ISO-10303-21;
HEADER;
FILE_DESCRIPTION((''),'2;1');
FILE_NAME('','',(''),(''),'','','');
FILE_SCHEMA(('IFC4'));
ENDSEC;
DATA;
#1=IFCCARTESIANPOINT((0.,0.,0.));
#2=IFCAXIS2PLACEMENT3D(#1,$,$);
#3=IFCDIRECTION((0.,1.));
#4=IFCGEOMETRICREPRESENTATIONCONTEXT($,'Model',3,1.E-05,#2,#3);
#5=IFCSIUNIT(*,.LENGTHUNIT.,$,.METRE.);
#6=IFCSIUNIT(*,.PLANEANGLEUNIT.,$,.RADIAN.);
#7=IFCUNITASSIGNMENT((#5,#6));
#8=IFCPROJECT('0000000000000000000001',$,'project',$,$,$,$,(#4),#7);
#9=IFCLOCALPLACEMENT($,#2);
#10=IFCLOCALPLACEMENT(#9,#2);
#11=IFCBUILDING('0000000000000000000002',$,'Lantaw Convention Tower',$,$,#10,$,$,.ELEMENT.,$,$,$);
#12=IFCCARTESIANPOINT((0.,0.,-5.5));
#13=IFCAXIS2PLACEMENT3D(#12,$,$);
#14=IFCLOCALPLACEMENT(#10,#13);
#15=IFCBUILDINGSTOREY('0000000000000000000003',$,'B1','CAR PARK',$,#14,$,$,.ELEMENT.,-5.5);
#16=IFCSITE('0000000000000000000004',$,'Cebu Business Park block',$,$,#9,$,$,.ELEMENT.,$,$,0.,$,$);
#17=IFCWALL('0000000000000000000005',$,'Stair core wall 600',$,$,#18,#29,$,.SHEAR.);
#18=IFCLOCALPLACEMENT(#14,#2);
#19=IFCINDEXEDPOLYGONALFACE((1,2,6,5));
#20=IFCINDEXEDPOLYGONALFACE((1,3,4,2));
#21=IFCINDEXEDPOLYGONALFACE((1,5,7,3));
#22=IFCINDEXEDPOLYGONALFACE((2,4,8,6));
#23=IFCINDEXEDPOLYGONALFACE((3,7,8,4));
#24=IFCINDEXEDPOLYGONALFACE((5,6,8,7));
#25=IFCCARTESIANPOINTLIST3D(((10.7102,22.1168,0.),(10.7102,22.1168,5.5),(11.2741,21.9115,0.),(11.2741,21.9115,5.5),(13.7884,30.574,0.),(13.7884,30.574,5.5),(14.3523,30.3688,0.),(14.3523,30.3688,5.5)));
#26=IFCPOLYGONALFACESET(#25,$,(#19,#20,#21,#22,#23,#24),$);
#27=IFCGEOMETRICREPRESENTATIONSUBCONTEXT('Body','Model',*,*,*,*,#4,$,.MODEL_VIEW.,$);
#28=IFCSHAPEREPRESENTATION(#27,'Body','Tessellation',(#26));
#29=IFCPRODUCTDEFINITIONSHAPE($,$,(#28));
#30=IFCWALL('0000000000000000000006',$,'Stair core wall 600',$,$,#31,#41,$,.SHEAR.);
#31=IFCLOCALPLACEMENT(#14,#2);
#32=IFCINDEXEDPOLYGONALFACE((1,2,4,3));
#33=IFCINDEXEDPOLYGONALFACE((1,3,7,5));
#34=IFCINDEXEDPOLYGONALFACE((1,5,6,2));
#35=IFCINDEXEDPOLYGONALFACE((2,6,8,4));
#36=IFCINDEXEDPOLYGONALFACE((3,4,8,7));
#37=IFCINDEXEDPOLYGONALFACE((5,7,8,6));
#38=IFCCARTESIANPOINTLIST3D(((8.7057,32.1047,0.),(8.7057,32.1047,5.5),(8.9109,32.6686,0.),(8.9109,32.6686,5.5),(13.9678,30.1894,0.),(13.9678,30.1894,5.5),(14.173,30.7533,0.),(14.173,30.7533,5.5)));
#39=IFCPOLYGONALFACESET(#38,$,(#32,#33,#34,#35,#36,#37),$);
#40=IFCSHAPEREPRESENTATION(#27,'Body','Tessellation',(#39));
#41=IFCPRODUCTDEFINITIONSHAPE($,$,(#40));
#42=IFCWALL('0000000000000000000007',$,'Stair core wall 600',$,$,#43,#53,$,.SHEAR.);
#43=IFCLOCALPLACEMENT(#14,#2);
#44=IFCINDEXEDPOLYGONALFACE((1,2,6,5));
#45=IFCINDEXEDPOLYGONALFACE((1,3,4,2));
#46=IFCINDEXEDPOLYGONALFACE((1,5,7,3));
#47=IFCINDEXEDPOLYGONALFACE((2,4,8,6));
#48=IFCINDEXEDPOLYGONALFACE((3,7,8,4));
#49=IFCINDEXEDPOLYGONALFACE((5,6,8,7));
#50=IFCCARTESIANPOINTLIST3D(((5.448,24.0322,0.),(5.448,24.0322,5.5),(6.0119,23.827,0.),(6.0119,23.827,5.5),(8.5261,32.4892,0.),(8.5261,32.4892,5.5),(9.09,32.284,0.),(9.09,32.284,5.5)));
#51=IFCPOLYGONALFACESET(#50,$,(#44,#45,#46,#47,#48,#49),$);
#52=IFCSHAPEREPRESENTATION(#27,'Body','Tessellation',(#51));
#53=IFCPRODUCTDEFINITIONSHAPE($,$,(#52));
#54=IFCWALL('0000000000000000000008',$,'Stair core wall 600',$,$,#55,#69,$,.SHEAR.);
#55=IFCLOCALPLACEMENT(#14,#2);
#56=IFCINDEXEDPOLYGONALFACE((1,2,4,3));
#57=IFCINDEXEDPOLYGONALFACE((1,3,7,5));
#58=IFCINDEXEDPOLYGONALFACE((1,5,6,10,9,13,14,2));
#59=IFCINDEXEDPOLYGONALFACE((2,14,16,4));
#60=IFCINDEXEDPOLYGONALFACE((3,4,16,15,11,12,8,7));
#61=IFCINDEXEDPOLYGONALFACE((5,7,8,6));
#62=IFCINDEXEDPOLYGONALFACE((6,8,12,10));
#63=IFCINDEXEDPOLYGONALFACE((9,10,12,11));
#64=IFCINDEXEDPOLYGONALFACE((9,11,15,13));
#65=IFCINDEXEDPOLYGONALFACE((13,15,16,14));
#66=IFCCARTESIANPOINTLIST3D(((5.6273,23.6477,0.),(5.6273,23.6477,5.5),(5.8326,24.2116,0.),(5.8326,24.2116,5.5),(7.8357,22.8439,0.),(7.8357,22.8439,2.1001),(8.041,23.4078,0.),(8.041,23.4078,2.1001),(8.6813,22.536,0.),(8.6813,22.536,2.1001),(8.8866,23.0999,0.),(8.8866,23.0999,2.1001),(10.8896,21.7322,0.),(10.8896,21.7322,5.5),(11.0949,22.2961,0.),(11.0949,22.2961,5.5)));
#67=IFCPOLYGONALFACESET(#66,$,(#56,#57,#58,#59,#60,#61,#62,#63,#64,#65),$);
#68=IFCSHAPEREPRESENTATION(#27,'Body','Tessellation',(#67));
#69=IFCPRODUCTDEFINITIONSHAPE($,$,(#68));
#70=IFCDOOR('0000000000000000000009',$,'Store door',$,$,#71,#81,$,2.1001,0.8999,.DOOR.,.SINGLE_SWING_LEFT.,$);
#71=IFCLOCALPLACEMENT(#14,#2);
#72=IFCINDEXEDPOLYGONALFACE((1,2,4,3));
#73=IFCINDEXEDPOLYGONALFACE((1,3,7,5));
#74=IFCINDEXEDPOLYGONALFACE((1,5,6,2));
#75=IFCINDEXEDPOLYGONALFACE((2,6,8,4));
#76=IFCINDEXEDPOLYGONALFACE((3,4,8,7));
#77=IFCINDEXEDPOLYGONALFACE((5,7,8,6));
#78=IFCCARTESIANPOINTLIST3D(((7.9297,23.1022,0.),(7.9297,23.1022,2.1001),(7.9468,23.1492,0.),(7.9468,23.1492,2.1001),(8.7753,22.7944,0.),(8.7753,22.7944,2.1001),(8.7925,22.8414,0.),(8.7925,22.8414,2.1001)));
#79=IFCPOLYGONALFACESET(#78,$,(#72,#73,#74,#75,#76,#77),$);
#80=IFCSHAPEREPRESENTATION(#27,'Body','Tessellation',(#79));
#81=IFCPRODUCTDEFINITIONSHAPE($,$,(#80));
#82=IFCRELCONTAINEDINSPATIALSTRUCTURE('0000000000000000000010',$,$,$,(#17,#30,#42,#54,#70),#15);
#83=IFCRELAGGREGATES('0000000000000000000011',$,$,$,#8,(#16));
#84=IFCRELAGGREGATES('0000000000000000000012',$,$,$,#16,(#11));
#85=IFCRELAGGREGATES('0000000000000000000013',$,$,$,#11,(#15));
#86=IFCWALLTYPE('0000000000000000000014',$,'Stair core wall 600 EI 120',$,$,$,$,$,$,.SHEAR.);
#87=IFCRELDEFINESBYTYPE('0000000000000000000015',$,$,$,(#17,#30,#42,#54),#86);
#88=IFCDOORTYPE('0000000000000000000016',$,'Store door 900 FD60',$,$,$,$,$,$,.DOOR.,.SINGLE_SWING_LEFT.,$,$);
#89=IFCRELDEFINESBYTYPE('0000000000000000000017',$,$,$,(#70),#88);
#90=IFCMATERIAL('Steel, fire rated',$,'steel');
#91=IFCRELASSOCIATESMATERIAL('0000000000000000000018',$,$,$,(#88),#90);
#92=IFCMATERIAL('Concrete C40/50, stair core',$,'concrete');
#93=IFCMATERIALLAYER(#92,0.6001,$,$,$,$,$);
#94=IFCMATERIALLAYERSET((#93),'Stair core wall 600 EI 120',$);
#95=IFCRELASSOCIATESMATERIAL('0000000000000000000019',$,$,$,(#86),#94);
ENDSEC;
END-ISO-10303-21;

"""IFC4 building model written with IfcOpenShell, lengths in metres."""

from ifc_helpers import new_model, si_unit, direction, frame, frame_2d, origin, place, context, subcontext, project, spatial, rectangle, extrude, material, layer, layer_set, type_object, element, fill, save


model = new_model("IFC4")

# Units and contexts
model_context = context("Model", 3, precision=1e-05, world=origin(), true_north=direction((0.0, 1.0)))
body_context = subcontext(model_context, "Body", "Model", "MODEL_VIEW")
ifc_project = project(units=[si_unit("LENGTHUNIT", "METRE"), si_unit("PLANEANGLEUNIT", "RADIAN")], contexts=[model_context])

# Site, building, storey
site_placement = place(None, origin())
site = spatial("IfcSite", under=ifc_project, at=site_placement, Name="Cebu Business Park block", CompositionType="ELEMENT", RefElevation=0.0)
building_placement = place(site_placement, origin())
building = spatial("IfcBuilding", under=site, at=building_placement, Name="Lantaw Convention Tower", CompositionType="ELEMENT")
storey_placement = place(building_placement, frame((0.0, 0.0, -5.5)))
storey = spatial("IfcBuildingStorey", under=building, at=storey_placement, Name="B1", Description="CAR PARK", CompositionType="ELEMENT", Elevation=-5.5)

# Shared definitions
ifc_material_1 = material(Name="Concrete C40/50, stair core", Category="concrete")
ifc_material_2 = material(Name="Steel, fire rated", Category="steel")
door_type = type_object("IfcDoorType", Name="Store door 900 FD60", OperationType="SINGLE_SWING_LEFT", PredefinedType="DOOR", material=ifc_material_2)

# Walls
ifc_layer_1 = layer(ifc_material_1, 0.6001)
ifc_layer_set_1 = layer_set([ifc_layer_1], Name="Stair core wall 600 EI 120")
wall_type_1 = type_object("IfcWallType", Name="Stair core wall 600 EI 120", PredefinedType="SHEAR", material=ifc_layer_set_1)
wall_1_placement = place(storey_placement, frame((10.9922, 22.0142, 0.0), z_axis=(0.0, 0.0, 1.0), x_axis=(0.342013, 0.939695, 0.0)))
element("IfcWall", 1, at=wall_1_placement, inside=storey, type_object=wall_type_1, Name="Stair core wall 600", PredefinedType="SHEAR", context=body_context, shape_type="SweptSolid", body=[
    extrude(rectangle(XDim=9.0, YDim=0.6001, at=frame_2d((4.5, 0.0))), origin(), (0.0, 0.0, 1.0), 5.5),
])
wall_2_placement = place(storey_placement, frame((14.0703, 30.4714, 0.0), z_axis=(0.0, 0.0, 1.0), x_axis=(-0.939693, 0.34202, 0.0)))
element("IfcWall", 2, at=wall_2_placement, inside=storey, type_object=wall_type_1, Name="Stair core wall 600", PredefinedType="SHEAR", context=body_context, shape_type="SweptSolid", body=[
    extrude(rectangle(XDim=5.5999, YDim=0.6001, at=frame_2d((2.7998, 0.0))), origin(), (0.0, 0.0, 1.0), 5.5),
])
wall_3_placement = place(storey_placement, frame((8.8081, 32.3867, 0.0), z_axis=(0.0, 0.0, 1.0), x_axis=(-0.342022, -0.939692, 0.0)))
element("IfcWall", 3, at=wall_3_placement, inside=storey, type_object=wall_type_1, Name="Stair core wall 600", PredefinedType="SHEAR", context=body_context, shape_type="SweptSolid", body=[
    extrude(rectangle(XDim=8.9998, YDim=0.6001, at=frame_2d((4.5, 0.0))), origin(), (0.0, 0.0, 1.0), 5.5),
])

# Wall, opening, door
wall_4_placement = place(storey_placement, frame((5.73, 23.9297, 0.0), z_axis=(0.0, 0.0, 1.0), x_axis=(0.939679, -0.342058, 0.0)))
wall_4 = element("IfcWall", 4, at=wall_4_placement, inside=storey, type_object=wall_type_1, Name="Stair core wall 600", PredefinedType="SHEAR", context=body_context, shape_type="SweptSolid", body=[
    extrude(rectangle(XDim=5.6001, YDim=0.6001, at=frame_2d((2.8, 0.0))), origin(), (0.0, 0.0, 1.0), 5.5),
])
opening_1_placement = place(wall_4_placement, frame((2.3501, 0.0, 0.0)))
opening_1 = element("IfcOpeningElement", 5, at=opening_1_placement, cuts=wall_4, PredefinedType="OPENING", context=body_context, shape_type="SweptSolid", body=[
    extrude(rectangle(XDim=0.8999, YDim=2.1001, at=frame_2d((0.45, 1.05))), frame((0.0, 0.3101, 0.0), z_axis=(0.0, -1.0, 0.0), x_axis=(1.0, 0.0, 0.0)), (0.0, 0.0, 1.0), 0.6201),
])
door_1_placement = place(opening_1_placement, origin())
door_1 = element("IfcDoor", 6, at=door_1_placement, inside=storey, type_object=door_type, Name="Store door", OperationType="SINGLE_SWING_LEFT", OverallHeight=2.1001, OverallWidth=0.8999, PredefinedType="DOOR", context=body_context, shape_type="SweptSolid", body=[
    extrude(rectangle(XDim=0.8999, YDim=2.1001, at=frame_2d((0.45, 1.05))), frame((0.0, 0.0249, 0.0), z_axis=(0.0, -1.0, 0.0), x_axis=(1.0, 0.0, 0.0)), (0.0, 0.0, 1.0), 0.05),
])
fill(opening_1, door_1)

save(model, "model.ifc")
